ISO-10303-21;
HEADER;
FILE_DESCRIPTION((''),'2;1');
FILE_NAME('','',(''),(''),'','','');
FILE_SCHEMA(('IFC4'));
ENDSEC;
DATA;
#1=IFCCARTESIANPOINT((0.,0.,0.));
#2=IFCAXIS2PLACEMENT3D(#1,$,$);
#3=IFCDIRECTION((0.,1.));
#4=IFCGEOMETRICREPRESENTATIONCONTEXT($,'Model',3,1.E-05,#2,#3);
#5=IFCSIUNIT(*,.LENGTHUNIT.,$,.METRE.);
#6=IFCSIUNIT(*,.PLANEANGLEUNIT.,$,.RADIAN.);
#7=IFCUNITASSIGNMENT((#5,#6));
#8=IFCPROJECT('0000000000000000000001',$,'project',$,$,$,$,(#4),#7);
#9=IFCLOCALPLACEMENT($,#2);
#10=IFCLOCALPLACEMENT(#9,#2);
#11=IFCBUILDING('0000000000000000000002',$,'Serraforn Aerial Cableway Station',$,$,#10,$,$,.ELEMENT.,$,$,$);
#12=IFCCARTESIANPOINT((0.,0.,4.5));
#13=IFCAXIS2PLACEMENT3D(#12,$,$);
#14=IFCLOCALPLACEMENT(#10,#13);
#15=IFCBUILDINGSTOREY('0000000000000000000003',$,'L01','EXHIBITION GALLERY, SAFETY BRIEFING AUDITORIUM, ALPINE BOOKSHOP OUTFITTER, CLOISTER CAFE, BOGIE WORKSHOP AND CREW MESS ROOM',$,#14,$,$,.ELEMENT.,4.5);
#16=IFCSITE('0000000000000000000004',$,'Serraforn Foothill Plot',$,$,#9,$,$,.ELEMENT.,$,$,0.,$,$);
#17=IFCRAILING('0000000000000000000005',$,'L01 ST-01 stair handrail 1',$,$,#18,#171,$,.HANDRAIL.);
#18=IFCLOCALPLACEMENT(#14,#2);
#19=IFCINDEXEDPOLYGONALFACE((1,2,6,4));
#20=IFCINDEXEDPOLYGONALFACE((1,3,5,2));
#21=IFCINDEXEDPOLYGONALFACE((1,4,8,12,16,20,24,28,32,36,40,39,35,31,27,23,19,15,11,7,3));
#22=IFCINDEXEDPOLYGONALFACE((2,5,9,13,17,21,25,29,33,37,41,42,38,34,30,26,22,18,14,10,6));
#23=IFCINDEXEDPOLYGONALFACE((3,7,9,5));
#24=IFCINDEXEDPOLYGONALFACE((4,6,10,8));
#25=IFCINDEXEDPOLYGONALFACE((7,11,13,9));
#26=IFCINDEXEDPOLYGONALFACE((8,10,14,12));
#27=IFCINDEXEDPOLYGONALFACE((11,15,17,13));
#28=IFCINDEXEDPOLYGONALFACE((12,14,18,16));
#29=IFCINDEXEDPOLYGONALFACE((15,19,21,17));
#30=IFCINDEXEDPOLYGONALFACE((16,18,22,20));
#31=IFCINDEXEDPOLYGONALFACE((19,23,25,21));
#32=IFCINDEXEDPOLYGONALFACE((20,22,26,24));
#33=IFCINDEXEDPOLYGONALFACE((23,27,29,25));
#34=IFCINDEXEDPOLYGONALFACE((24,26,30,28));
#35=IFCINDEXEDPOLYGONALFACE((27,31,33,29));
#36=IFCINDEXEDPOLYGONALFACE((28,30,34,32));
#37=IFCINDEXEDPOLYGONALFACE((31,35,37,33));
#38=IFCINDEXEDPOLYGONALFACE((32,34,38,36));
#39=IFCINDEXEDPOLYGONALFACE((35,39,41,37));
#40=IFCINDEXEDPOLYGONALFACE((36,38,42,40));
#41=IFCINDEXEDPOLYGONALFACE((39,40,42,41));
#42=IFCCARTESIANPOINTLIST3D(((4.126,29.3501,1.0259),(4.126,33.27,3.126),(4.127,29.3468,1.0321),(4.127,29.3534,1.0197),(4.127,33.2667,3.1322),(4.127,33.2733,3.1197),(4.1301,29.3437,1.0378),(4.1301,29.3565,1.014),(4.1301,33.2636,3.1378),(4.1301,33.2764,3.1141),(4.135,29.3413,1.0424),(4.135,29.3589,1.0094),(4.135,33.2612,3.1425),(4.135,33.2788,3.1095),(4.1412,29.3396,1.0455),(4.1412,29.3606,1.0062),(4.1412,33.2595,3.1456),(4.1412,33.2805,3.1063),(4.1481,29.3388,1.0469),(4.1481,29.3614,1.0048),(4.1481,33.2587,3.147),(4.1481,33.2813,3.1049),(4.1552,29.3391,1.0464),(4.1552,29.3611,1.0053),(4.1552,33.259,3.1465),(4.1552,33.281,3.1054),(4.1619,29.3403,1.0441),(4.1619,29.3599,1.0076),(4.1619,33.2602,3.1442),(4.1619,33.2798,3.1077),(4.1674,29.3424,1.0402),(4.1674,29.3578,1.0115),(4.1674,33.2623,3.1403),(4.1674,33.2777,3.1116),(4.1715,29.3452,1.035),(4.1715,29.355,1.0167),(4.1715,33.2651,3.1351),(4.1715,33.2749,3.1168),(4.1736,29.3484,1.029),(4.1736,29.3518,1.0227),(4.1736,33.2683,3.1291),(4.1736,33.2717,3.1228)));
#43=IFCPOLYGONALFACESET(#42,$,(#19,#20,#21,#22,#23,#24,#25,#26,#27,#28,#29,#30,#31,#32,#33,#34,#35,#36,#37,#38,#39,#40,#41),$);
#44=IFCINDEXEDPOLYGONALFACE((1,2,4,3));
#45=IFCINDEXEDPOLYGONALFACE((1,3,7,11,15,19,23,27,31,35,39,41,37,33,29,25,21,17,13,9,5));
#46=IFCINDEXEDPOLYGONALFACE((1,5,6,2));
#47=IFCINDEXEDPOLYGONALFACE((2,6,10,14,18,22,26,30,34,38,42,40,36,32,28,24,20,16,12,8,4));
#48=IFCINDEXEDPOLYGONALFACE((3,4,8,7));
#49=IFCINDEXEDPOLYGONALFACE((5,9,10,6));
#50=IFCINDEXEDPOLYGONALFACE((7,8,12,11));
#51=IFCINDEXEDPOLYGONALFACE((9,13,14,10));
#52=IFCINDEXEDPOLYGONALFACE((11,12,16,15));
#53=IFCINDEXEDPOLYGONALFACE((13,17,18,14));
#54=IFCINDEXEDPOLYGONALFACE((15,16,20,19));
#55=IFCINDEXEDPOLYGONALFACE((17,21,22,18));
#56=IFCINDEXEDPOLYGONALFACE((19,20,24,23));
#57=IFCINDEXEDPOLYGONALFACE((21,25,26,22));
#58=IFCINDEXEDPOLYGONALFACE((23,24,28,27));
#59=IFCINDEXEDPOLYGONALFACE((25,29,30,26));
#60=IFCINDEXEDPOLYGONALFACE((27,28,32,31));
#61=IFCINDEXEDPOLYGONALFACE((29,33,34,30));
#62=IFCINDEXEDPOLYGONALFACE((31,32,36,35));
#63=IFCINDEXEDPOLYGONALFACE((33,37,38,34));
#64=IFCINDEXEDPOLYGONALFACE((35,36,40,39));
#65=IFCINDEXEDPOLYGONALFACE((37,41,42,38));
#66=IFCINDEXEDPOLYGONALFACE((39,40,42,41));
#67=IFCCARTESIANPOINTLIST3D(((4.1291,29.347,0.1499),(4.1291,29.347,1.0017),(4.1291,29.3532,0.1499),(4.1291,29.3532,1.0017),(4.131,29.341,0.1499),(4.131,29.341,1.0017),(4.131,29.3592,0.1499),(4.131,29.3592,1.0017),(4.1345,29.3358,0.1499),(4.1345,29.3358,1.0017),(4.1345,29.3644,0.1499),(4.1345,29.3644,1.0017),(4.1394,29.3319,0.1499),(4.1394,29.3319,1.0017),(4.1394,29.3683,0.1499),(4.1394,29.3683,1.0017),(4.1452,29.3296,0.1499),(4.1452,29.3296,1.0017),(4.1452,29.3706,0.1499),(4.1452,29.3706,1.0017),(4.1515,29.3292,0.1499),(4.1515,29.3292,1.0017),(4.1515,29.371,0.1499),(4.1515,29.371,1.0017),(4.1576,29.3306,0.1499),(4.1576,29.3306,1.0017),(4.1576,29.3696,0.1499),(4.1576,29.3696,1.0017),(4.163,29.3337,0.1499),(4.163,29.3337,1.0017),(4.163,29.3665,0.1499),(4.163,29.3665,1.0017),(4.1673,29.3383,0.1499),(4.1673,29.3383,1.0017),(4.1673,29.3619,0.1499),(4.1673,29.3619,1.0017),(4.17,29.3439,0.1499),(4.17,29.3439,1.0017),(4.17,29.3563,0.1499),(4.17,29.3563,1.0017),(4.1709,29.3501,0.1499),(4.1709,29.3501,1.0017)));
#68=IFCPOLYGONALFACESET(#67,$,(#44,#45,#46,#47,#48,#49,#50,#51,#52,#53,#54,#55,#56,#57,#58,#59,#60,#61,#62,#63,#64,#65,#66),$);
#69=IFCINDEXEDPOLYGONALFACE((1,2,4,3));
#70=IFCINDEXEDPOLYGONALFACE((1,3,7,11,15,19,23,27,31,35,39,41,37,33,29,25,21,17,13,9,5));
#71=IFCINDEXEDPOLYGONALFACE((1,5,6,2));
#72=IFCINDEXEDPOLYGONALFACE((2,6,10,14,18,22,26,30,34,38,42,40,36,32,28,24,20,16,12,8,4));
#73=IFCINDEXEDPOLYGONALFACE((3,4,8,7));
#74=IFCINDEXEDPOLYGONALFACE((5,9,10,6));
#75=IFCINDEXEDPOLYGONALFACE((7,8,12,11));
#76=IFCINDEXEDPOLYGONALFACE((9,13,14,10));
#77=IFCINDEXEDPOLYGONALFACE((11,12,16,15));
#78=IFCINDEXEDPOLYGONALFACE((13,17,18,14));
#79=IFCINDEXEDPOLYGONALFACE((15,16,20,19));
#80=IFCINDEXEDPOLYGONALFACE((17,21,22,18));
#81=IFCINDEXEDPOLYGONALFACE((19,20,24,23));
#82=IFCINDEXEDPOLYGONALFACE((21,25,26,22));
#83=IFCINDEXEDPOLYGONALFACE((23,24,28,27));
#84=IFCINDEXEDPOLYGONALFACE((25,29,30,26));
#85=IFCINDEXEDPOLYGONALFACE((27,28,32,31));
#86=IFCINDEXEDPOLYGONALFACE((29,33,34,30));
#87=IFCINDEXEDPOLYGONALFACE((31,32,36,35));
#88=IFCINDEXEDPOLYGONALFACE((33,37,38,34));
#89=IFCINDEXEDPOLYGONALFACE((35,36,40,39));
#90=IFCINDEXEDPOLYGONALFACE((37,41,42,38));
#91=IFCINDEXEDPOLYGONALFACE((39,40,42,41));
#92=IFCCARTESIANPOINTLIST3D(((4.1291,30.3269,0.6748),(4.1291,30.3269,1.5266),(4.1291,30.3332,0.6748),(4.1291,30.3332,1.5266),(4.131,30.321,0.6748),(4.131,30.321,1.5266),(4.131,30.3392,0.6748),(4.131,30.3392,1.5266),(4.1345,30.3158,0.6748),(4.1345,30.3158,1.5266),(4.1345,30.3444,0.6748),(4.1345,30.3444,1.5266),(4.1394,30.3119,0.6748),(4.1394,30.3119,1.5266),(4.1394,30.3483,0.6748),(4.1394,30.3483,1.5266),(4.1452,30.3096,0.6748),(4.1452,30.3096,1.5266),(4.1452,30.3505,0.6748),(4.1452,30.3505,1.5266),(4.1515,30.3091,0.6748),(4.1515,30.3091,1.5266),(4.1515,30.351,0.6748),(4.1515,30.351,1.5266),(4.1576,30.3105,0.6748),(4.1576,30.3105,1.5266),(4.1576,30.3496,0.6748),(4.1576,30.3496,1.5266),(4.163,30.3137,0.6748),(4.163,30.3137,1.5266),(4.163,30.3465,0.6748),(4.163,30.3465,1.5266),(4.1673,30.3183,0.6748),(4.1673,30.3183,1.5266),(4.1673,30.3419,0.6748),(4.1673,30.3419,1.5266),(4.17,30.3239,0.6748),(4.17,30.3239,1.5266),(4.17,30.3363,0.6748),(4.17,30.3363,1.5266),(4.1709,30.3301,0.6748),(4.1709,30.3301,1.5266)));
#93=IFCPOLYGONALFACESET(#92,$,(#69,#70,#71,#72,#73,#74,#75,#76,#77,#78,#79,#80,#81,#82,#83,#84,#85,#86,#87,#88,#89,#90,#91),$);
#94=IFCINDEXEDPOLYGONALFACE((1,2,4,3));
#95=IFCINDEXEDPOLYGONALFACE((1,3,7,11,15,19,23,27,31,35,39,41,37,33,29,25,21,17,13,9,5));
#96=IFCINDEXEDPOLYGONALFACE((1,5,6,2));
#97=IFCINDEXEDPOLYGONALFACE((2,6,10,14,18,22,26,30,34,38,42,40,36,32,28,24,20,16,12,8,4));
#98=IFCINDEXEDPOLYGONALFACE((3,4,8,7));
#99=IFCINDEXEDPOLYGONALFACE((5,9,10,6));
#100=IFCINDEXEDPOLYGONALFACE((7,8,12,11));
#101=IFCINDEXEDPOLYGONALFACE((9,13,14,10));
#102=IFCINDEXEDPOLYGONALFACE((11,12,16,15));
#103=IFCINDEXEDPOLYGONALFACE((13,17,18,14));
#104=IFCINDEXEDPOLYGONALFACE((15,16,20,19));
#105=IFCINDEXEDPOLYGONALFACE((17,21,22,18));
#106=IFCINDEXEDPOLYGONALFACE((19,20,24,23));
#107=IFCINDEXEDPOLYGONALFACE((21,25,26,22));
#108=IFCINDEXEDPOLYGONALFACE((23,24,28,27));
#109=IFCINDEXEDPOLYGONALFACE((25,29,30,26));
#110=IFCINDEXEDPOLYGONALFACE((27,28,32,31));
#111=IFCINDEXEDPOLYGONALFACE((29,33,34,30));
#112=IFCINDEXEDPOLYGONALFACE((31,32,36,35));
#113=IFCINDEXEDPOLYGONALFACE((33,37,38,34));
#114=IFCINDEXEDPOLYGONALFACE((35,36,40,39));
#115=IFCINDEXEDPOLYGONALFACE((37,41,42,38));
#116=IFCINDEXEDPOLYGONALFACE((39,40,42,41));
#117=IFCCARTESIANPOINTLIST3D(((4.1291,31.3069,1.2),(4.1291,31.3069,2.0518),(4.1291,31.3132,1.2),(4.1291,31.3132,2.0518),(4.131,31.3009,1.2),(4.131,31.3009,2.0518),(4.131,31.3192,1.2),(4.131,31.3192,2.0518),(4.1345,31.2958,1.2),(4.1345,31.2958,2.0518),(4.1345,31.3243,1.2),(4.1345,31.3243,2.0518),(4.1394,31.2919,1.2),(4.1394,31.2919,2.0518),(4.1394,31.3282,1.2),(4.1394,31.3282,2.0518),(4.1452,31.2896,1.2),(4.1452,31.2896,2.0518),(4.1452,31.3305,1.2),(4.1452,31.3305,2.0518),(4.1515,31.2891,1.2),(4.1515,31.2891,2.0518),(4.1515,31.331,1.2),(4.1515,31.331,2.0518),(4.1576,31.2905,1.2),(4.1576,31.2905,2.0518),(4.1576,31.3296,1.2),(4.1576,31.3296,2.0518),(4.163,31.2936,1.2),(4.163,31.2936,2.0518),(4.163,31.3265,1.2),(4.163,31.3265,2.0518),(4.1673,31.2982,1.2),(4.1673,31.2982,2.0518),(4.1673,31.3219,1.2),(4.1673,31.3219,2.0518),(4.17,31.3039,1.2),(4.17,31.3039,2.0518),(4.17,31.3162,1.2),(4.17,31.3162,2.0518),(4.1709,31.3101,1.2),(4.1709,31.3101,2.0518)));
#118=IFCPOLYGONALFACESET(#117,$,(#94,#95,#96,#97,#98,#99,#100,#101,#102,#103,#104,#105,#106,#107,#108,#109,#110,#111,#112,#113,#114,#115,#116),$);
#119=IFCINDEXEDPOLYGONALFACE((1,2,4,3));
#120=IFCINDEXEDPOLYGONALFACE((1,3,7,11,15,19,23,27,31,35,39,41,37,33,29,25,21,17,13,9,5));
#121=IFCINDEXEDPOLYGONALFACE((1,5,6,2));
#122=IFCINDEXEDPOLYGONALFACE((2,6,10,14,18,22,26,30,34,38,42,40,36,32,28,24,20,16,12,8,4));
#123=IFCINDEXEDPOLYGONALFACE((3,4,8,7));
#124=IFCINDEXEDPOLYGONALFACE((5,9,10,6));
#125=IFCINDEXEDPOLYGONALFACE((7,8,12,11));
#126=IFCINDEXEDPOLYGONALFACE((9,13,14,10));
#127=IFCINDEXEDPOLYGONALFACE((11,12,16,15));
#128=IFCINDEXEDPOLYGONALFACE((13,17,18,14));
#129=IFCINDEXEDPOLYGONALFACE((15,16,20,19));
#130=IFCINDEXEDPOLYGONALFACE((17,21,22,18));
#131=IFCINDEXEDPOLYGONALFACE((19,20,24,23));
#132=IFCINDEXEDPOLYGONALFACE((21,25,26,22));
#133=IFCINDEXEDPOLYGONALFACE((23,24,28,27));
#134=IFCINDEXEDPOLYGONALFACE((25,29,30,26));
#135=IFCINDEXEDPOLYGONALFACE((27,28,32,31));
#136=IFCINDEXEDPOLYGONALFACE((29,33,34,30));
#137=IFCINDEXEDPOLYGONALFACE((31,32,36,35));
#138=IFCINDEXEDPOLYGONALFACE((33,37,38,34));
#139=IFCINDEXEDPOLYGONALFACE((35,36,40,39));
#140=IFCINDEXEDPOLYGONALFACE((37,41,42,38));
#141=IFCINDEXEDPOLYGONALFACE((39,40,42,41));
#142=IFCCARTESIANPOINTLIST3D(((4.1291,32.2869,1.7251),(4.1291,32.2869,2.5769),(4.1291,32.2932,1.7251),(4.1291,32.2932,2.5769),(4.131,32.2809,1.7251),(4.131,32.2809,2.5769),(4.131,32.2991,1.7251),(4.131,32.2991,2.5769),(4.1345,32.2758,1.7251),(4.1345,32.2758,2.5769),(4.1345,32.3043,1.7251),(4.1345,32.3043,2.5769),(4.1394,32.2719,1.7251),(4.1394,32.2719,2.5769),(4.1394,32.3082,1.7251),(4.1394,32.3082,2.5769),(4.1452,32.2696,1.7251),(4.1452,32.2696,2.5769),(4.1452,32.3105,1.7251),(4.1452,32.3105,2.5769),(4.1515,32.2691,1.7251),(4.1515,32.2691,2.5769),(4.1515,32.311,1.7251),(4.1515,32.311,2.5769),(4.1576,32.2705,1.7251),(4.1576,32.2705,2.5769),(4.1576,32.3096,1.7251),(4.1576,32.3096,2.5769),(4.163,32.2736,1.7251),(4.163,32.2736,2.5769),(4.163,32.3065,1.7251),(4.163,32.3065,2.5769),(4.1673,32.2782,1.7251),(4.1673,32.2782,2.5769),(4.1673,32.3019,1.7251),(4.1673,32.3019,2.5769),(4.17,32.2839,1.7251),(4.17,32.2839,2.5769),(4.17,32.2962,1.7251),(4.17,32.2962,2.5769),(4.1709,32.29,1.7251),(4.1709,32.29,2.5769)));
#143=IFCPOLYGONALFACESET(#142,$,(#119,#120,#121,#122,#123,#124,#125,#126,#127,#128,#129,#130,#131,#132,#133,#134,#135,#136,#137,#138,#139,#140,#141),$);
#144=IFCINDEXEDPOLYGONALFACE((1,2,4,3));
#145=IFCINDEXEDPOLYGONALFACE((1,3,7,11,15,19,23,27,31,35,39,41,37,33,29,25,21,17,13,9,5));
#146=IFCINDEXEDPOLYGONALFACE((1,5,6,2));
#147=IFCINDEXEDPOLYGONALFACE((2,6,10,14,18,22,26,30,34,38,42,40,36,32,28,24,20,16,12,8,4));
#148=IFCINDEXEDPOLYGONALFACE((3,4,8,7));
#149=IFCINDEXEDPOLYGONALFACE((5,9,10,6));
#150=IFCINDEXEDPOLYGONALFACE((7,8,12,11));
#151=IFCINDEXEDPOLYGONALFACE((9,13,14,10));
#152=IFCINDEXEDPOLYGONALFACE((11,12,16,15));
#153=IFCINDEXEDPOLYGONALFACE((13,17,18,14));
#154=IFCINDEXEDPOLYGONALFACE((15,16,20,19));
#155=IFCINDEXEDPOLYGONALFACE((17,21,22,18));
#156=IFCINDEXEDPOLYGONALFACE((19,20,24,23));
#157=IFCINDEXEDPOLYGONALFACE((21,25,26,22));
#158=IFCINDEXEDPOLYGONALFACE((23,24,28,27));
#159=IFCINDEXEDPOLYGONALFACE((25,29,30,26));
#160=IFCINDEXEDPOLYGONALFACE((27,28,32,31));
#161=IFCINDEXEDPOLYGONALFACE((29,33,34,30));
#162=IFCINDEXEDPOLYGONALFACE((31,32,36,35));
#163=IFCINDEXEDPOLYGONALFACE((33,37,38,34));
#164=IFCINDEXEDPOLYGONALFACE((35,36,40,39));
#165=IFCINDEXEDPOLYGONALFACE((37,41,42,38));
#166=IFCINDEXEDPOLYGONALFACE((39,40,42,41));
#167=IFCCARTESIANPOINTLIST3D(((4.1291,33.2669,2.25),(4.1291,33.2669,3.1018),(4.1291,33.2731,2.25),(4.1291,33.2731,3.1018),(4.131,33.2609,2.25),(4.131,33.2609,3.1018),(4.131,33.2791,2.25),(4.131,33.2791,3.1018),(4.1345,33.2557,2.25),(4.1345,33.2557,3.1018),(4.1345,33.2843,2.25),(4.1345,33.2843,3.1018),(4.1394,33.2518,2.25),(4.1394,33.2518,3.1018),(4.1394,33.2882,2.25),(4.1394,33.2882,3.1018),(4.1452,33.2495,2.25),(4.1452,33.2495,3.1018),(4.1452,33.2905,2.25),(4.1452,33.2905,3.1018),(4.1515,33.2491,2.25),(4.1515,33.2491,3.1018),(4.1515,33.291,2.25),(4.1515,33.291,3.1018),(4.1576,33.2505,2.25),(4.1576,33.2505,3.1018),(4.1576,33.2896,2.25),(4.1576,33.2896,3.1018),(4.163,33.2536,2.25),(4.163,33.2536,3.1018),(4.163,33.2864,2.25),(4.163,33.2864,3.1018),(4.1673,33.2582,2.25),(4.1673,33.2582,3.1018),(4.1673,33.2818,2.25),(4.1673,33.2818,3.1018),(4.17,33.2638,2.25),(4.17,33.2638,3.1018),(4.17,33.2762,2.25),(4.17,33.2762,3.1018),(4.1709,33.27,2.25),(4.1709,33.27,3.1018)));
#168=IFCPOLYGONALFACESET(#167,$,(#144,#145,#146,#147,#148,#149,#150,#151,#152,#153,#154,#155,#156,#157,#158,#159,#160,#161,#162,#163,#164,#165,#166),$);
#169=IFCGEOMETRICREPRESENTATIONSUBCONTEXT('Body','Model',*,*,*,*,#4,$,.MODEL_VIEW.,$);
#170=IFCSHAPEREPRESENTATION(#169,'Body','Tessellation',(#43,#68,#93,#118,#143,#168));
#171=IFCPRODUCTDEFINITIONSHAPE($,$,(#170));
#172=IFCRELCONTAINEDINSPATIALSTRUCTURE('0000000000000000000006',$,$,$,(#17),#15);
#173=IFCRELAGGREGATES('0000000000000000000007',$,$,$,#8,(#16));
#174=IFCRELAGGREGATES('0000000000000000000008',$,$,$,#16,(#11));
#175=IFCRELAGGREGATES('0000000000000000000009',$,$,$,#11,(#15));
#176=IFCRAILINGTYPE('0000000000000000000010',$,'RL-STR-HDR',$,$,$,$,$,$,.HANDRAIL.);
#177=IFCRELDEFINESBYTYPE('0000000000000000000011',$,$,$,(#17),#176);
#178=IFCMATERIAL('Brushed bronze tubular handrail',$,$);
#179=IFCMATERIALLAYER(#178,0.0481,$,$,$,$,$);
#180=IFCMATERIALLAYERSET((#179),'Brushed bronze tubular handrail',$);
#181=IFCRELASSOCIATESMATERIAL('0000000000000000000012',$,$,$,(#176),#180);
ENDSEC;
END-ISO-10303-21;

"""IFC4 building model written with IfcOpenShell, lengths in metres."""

from ifc_helpers import new_model, si_unit, direction, frame, origin, origin_2d, place, context, subcontext, project, spatial, circle, extrude, material, layer, layer_set, type_object, element, save


model = new_model("IFC4")

# Units and contexts
model_context = context("Model", 3, precision=1e-05, world=origin(), true_north=direction((0.0, 1.0)))
body_context = subcontext(model_context, "Body", "Model", "MODEL_VIEW")
ifc_project = project(units=[si_unit("LENGTHUNIT", "METRE"), si_unit("PLANEANGLEUNIT", "RADIAN")], contexts=[model_context])

# Site, building, storey
site_placement = place(None, origin())
site = spatial("IfcSite", under=ifc_project, at=site_placement, Name="Serraforn Foothill Plot", CompositionType="ELEMENT", RefElevation=0.0)
building_placement = place(site_placement, origin())
building = spatial("IfcBuilding", under=site, at=building_placement, Name="Serraforn Aerial Cableway Station", CompositionType="ELEMENT")
storey_placement = place(building_placement, frame((0.0, 0.0, 4.5)))
storey = spatial("IfcBuildingStorey", under=building, at=storey_placement, Name="L01", Description="EXHIBITION GALLERY, SAFETY BRIEFING AUDITORIUM, ALPINE BOOKSHOP OUTFITTER, CLOISTER CAFE, BOGIE WORKSHOP AND CREW MESS ROOM", CompositionType="ELEMENT", Elevation=4.5)

# Railing
ifc_material_1 = material(Name="Brushed bronze tubular handrail")
ifc_layer_1 = layer(ifc_material_1, 0.0481)
ifc_layer_set_1 = layer_set([ifc_layer_1], Name="Brushed bronze tubular handrail")
railing_type_1 = type_object("IfcRailingType", Name="RL-STR-HDR", PredefinedType="HANDRAIL", material=ifc_layer_set_1)
railing_1_placement = place(storey_placement, frame((4.1499, 29.3501, 0.1499)))
element("IfcRailing", 1, at=railing_1_placement, inside=storey, type_object=railing_type_1, Name="L01 ST-01 stair handrail 1", PredefinedType="HANDRAIL", context=body_context, shape_type="SweptSolid", body=[
    extrude(circle(Radius=0.0239, at=origin_2d()), frame((0.0, 0.0, 0.876), z_axis=(0.0, 0.881467, 0.472246), x_axis=(-1.0, 0.0, 0.0)), (0.0, 0.0, 1.0), 4.447),
    extrude(circle(Radius=0.021, at=origin_2d()), origin(), (0.0, 0.0, 1.0), 0.8518),
    extrude(circle(Radius=0.021, at=origin_2d()), frame((0.0, 0.98, 0.5249)), (0.0, 0.0, 1.0), 0.8518),
    extrude(circle(Radius=0.021, at=origin_2d()), frame((0.0, 1.96, 1.05)), (0.0, 0.0, 1.0), 0.8518),
    extrude(circle(Radius=0.021, at=origin_2d()), frame((0.0, 2.9399, 1.5752)), (0.0, 0.0, 1.0), 0.8518),
    extrude(circle(Radius=0.021, at=origin_2d()), frame((0.0, 3.9199, 2.1001)), (0.0, 0.0, 1.0), 0.8518),
])

save(model, "model.ifc")
